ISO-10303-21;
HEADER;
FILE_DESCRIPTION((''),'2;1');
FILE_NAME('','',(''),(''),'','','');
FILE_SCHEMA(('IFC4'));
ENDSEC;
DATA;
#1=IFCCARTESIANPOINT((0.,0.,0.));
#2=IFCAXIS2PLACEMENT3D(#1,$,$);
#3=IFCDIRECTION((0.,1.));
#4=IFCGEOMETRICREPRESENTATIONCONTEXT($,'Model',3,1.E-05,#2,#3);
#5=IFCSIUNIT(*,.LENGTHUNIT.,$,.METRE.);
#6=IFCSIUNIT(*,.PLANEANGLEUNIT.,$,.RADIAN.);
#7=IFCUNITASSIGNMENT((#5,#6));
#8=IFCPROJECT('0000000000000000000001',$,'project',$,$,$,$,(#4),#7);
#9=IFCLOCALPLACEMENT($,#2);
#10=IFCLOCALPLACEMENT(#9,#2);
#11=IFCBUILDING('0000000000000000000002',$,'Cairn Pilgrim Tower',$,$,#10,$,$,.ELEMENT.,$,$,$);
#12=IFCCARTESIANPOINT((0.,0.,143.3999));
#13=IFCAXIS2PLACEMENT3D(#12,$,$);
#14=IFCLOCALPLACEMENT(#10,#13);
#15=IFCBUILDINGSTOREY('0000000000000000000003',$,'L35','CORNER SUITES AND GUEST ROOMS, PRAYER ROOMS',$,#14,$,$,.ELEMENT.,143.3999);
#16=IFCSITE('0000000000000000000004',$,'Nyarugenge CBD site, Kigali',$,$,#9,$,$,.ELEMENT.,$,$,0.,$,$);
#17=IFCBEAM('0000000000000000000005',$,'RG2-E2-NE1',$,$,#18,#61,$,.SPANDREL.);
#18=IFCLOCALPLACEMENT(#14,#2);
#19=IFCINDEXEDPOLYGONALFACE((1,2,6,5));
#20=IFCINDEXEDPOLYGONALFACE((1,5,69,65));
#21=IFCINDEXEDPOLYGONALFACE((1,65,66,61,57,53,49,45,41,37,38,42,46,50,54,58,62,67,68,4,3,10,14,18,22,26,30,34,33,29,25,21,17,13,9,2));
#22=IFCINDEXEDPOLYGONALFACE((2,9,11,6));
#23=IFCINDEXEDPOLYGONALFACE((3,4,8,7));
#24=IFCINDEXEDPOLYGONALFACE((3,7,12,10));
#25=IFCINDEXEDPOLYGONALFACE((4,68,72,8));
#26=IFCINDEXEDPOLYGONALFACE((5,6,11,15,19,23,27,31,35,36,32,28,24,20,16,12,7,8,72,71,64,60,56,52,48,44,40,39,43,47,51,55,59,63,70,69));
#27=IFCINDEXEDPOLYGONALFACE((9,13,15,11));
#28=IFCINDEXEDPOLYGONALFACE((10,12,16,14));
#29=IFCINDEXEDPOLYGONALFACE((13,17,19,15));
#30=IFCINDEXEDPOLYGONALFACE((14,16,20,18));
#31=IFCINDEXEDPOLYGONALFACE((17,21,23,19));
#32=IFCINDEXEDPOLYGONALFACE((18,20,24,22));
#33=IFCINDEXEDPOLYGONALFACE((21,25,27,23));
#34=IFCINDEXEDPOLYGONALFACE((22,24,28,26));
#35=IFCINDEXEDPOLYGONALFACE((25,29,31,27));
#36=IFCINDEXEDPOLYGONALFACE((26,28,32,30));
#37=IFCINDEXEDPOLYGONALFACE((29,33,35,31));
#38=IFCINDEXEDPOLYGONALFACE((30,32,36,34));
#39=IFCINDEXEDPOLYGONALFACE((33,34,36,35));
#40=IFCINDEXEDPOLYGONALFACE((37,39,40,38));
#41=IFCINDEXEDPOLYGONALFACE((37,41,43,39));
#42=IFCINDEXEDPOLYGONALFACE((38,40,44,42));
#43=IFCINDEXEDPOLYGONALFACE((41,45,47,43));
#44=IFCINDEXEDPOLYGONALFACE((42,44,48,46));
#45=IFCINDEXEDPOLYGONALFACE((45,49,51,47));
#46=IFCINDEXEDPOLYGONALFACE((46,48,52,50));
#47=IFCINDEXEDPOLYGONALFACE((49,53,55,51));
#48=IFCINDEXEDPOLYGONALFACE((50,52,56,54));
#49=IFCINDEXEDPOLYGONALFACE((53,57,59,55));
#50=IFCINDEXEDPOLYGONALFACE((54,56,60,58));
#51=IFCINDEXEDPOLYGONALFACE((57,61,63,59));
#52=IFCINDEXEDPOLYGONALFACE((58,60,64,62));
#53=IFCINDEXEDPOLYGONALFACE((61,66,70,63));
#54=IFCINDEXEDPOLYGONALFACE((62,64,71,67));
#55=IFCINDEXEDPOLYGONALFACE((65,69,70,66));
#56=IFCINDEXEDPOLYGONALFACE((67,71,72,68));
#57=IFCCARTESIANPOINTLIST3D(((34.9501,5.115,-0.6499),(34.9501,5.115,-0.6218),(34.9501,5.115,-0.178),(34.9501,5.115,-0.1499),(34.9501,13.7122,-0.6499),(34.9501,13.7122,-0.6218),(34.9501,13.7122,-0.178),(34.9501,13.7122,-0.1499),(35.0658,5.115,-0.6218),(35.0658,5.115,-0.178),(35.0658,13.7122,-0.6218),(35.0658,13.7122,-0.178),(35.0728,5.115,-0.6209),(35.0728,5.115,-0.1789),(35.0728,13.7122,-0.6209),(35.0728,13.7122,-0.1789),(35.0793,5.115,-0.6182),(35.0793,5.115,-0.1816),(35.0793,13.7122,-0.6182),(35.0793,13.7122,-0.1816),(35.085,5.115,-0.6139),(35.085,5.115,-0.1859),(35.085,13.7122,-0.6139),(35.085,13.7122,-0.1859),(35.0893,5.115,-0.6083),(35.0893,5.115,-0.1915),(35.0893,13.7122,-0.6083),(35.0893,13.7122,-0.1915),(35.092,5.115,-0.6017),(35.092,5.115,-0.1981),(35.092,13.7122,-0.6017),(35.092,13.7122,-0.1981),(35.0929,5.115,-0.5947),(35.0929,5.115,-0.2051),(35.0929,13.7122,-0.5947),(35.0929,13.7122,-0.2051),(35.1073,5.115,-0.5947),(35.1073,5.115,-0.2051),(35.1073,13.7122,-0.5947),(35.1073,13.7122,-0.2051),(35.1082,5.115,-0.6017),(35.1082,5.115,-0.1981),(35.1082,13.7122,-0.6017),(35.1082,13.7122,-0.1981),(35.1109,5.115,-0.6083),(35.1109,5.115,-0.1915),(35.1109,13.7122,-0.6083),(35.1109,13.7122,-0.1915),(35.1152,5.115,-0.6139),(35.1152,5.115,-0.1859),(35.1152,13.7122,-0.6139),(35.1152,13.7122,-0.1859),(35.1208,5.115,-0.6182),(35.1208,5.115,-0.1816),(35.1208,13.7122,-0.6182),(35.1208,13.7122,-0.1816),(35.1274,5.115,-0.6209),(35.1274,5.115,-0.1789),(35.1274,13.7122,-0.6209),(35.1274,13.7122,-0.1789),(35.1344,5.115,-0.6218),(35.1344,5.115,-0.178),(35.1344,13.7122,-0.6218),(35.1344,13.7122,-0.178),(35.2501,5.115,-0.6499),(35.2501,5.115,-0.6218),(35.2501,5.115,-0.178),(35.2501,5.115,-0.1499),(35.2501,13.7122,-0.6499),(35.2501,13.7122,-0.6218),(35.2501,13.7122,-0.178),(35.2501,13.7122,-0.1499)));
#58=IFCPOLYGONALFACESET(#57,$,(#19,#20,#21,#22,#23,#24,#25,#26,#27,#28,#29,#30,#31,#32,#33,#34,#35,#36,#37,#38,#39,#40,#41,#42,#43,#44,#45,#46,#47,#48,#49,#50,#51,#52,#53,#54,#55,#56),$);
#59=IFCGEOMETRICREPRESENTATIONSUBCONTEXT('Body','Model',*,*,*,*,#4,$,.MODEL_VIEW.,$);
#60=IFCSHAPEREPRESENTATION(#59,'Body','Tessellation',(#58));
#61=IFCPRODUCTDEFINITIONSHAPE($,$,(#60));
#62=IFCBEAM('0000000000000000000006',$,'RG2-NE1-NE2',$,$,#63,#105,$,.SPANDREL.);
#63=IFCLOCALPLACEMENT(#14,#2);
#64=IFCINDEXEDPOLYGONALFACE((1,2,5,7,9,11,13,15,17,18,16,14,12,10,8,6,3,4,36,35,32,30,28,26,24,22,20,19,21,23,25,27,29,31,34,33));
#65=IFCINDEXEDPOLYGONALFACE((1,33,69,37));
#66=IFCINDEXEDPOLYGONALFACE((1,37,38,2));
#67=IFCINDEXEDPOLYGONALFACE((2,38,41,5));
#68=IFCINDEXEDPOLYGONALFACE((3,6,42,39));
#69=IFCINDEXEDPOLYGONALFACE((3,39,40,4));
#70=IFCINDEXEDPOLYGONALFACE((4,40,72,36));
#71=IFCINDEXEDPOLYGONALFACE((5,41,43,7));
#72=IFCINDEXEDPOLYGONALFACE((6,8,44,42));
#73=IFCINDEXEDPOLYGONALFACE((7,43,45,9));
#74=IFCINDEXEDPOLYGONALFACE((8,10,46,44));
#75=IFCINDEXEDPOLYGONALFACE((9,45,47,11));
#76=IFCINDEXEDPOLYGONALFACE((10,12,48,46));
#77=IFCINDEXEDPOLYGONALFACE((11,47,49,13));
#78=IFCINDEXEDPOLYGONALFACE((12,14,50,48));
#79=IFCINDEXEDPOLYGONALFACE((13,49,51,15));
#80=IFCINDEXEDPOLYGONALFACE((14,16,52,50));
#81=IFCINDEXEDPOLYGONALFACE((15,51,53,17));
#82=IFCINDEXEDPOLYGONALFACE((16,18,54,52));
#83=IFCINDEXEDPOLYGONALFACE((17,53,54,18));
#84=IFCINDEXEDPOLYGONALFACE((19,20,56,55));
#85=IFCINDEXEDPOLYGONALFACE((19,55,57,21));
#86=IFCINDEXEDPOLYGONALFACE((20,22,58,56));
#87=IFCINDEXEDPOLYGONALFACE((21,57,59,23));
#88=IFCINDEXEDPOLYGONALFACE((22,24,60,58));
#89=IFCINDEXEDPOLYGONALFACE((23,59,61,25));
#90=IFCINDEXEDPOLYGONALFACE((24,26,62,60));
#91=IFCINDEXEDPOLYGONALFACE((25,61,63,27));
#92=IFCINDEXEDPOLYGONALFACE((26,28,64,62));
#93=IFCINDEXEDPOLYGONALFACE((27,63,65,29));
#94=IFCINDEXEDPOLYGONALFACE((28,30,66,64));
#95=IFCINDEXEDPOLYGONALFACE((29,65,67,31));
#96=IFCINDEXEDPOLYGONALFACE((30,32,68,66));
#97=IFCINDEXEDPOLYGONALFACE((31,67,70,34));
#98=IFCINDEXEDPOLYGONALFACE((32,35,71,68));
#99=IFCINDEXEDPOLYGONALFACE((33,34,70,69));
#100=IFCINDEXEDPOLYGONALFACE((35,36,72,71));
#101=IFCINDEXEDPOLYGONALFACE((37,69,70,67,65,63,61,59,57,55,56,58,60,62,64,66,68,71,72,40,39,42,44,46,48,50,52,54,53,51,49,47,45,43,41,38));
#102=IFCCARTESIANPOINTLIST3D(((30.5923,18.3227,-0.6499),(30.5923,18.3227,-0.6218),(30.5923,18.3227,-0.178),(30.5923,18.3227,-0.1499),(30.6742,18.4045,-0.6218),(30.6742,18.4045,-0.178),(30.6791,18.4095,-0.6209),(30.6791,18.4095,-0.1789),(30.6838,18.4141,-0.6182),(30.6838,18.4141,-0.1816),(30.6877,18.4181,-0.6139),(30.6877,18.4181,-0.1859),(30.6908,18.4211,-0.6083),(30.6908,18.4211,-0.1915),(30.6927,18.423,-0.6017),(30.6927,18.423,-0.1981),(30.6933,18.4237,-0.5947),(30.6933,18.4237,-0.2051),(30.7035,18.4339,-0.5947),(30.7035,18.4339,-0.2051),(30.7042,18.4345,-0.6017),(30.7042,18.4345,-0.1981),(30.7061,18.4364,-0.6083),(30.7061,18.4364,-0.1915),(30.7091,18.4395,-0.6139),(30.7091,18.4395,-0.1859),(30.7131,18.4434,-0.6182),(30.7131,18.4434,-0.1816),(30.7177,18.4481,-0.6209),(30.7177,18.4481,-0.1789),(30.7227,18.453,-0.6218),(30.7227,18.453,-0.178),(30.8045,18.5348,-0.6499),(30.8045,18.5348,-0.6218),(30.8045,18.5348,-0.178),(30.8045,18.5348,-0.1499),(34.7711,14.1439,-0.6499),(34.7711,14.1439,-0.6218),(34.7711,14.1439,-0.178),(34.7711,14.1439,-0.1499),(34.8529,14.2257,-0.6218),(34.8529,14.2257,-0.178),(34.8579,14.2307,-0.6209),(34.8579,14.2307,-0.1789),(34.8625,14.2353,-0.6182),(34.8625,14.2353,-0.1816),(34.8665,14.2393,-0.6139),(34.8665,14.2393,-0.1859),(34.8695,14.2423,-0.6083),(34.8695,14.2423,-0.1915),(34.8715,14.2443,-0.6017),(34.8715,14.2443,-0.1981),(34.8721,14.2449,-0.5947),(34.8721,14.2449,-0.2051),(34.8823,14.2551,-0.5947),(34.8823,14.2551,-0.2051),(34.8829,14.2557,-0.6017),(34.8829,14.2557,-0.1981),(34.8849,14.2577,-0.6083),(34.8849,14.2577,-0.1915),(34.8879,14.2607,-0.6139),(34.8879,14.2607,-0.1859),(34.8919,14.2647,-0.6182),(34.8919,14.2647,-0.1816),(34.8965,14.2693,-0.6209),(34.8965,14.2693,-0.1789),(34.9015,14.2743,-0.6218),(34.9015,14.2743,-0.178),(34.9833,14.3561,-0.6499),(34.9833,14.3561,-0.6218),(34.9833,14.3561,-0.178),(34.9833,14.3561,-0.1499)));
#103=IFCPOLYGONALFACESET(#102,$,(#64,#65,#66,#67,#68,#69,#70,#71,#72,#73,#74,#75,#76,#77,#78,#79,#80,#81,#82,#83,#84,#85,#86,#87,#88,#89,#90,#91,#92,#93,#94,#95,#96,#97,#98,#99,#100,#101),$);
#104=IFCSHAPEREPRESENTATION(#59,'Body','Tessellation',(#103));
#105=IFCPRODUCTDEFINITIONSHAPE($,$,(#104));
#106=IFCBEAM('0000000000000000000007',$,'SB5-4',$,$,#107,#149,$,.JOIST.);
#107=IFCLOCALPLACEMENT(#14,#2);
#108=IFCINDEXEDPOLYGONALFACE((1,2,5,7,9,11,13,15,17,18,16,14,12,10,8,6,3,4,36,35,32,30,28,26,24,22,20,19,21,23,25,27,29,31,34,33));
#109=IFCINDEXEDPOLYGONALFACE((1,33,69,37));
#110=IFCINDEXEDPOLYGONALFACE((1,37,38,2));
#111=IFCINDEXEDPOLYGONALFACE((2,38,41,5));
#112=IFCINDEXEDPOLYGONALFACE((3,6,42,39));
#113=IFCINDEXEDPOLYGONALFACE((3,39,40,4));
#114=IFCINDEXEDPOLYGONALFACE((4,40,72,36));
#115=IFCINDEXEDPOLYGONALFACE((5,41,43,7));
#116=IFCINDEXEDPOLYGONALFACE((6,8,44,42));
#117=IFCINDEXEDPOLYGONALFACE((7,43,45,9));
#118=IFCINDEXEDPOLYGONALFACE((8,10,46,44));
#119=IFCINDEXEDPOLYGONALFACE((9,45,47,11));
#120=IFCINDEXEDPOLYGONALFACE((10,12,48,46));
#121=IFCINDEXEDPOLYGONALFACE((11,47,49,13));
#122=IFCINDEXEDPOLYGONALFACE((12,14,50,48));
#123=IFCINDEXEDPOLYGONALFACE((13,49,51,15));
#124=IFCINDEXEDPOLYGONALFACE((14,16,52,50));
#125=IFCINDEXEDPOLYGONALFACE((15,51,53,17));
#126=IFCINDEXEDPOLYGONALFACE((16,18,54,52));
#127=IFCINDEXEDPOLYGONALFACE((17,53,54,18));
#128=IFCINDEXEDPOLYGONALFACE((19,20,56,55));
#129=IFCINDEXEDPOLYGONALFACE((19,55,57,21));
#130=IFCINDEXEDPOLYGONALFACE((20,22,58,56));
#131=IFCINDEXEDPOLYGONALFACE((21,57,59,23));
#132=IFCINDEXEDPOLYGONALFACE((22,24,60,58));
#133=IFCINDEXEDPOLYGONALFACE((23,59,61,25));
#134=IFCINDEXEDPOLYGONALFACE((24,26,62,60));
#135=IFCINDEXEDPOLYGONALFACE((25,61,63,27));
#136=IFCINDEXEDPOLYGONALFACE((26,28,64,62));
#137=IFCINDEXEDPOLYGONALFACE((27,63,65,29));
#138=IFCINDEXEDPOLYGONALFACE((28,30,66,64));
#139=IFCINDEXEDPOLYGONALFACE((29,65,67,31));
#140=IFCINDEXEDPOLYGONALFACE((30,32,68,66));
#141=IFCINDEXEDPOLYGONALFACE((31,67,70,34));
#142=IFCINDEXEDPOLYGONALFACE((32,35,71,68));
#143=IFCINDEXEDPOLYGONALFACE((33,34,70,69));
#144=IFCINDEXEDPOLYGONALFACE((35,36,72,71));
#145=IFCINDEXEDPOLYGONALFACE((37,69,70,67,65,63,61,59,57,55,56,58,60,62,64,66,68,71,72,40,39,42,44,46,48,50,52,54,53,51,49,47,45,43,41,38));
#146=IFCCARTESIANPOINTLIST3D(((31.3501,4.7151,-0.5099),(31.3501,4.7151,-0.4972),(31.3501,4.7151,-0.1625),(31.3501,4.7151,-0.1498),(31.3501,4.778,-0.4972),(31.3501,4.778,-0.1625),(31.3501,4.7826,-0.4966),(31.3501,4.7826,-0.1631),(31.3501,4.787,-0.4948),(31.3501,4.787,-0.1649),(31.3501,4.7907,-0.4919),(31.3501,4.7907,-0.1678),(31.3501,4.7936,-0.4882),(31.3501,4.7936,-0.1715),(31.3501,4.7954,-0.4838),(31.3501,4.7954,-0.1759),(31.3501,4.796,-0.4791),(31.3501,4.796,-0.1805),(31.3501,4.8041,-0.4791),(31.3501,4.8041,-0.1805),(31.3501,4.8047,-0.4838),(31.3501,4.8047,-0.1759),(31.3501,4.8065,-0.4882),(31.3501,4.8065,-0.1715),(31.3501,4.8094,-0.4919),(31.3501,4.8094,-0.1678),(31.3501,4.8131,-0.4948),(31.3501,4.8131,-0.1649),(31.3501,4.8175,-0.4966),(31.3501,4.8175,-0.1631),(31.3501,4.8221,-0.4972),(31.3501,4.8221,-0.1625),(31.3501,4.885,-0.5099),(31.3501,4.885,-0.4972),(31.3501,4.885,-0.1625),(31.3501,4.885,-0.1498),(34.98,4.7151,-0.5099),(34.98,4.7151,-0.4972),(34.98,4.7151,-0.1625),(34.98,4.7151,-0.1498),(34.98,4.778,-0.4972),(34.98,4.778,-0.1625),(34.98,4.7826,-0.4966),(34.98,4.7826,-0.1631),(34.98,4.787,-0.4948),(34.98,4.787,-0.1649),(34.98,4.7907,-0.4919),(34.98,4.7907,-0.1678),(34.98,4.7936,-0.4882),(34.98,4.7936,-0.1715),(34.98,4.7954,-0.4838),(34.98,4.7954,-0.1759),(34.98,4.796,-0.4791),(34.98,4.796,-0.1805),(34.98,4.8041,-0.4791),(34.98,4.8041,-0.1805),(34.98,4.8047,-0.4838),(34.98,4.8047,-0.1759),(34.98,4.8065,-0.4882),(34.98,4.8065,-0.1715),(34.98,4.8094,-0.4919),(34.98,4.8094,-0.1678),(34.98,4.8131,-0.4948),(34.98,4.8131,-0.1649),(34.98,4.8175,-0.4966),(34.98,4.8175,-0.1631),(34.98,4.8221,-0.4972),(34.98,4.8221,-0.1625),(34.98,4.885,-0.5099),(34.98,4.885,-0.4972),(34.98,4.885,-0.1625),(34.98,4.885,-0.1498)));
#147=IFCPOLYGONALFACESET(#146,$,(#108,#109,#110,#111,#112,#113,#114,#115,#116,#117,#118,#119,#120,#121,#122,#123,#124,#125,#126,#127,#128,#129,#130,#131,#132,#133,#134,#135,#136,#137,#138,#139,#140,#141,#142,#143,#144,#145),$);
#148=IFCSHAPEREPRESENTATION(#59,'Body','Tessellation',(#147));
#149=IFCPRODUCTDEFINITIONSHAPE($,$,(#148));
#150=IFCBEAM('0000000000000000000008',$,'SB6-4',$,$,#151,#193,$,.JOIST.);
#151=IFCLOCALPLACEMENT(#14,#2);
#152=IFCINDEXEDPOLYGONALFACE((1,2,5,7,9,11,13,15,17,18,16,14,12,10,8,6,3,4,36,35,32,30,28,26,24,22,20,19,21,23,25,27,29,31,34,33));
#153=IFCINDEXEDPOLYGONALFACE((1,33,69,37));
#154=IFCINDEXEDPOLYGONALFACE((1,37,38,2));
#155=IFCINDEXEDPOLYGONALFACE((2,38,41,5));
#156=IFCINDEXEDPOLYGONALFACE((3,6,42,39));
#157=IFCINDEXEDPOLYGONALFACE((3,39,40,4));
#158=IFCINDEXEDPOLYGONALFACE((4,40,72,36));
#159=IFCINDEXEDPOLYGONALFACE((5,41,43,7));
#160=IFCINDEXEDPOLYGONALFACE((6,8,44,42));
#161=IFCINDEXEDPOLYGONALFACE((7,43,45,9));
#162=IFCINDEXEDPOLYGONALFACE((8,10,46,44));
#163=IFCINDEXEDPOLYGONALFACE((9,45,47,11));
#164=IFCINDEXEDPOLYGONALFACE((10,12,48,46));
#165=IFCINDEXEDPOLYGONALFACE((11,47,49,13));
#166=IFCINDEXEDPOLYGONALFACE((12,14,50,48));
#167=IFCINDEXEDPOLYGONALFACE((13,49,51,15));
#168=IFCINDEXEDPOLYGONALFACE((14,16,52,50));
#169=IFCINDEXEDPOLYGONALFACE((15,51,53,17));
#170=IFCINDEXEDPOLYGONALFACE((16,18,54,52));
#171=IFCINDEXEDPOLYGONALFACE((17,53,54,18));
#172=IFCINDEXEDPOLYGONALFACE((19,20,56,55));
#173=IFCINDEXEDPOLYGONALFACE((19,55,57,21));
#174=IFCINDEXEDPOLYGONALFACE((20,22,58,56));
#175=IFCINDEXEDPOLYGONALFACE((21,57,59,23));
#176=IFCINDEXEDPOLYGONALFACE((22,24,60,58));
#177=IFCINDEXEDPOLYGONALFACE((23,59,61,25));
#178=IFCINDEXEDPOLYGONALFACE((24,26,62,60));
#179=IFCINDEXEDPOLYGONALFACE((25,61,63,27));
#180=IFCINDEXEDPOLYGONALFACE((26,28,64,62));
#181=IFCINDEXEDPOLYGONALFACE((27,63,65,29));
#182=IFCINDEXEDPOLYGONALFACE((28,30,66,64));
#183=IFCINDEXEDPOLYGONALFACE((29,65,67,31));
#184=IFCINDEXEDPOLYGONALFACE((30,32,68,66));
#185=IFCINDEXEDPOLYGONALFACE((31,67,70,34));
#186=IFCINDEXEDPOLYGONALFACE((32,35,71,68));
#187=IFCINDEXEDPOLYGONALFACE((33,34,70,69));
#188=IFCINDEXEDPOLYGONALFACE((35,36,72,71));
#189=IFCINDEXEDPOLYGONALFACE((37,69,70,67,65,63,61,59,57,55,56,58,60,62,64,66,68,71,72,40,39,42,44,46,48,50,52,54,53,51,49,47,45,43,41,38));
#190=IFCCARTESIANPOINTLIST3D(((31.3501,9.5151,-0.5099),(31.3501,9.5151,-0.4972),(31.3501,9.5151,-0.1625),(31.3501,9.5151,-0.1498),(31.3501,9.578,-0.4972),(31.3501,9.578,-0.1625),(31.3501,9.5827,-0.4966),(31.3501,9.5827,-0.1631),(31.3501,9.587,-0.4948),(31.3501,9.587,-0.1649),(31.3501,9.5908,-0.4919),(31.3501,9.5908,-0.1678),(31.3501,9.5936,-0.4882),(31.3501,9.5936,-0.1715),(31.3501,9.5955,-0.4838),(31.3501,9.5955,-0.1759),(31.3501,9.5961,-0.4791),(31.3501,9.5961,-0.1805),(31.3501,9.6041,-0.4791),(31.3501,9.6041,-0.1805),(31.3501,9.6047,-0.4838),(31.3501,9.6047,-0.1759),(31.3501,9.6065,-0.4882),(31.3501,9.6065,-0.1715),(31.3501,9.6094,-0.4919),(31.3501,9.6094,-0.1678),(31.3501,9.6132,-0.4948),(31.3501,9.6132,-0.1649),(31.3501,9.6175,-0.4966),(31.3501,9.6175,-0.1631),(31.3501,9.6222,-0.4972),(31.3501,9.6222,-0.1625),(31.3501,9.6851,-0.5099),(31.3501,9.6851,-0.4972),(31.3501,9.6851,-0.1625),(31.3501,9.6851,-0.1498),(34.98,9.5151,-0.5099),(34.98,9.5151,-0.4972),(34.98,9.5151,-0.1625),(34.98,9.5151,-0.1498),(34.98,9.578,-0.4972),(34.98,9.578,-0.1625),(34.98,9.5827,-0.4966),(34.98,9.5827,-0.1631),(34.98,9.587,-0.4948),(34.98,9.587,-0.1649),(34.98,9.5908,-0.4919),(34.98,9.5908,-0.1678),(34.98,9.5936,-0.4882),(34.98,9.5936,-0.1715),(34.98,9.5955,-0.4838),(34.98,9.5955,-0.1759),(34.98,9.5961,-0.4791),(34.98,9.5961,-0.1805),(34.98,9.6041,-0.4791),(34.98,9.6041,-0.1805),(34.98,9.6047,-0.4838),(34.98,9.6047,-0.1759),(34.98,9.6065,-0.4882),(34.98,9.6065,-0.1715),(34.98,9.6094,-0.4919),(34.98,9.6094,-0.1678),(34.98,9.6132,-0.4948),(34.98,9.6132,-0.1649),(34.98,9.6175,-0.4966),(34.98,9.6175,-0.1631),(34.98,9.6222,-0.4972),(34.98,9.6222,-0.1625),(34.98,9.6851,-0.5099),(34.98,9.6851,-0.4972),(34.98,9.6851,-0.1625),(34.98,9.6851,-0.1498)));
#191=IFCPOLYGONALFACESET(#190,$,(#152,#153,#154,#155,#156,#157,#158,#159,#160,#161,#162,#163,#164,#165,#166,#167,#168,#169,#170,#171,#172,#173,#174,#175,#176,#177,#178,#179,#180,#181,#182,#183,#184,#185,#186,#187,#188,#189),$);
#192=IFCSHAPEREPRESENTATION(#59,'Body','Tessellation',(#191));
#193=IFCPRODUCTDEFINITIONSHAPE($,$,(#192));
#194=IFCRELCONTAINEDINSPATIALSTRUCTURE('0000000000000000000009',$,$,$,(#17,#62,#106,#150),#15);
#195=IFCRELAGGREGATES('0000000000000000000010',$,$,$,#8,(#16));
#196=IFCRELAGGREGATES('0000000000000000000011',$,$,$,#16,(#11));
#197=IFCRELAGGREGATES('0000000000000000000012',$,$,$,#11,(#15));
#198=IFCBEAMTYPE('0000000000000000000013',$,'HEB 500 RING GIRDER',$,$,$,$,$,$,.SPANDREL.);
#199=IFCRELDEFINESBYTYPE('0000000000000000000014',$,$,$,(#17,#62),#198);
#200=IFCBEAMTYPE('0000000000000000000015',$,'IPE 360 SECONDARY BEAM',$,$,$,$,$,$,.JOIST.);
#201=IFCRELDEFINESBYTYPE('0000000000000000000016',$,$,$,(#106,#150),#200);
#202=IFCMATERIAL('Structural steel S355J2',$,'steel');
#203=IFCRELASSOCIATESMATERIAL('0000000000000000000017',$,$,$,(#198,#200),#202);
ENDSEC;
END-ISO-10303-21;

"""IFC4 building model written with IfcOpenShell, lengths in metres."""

from ifc_helpers import new_model, si_unit, direction, frame, origin, origin_2d, place, context, subcontext, project, spatial, i_section, extrude, material, material_profile, profile_set, type_object, element, save


model = new_model("IFC4")

# Units and contexts
model_context = context("Model", 3, precision=1e-05, world=origin(), true_north=direction((0.0, 1.0)))
body_context = subcontext(model_context, "Body", "Model", "MODEL_VIEW")
ifc_project = project(units=[si_unit("LENGTHUNIT", "METRE"), si_unit("PLANEANGLEUNIT", "RADIAN")], contexts=[model_context])

# Site, building, storey
site_placement = place(None, origin())
site = spatial("IfcSite", under=ifc_project, at=site_placement, Name="Nyarugenge CBD site, Kigali", CompositionType="ELEMENT", RefElevation=0.0)
building_placement = place(site_placement, origin())
building = spatial("IfcBuilding", under=site, at=building_placement, Name="Cairn Pilgrim Tower", CompositionType="ELEMENT")
storey_placement = place(building_placement, frame((0.0, 0.0, 143.3999)))
storey = spatial("IfcBuildingStorey", under=building, at=storey_placement, Name="L35", Description="CORNER SUITES AND GUEST ROOMS, PRAYER ROOMS", CompositionType="ELEMENT", Elevation=143.3999)

# Beams
ifc_material_1 = material(Name="Structural steel S355J2", Category="steel")
ifc_material_profile_1 = material_profile(ifc_material_1, i_section(OverallWidth=0.3, OverallDepth=0.5, WebThickness=0.0144, FlangeThickness=0.0281, FilletRadius=0.0271, at=origin_2d()), Name="HEB 500")
ifc_profile_set_1 = profile_set([ifc_material_profile_1], Name="Structural steel S355J2")
beam_type_1 = type_object("IfcBeamType", Name="HEB 500 RING GIRDER", PredefinedType="SPANDREL", material=ifc_profile_set_1)
beam_1_placement = place(storey_placement, frame((35.1001, 5.115, -0.3999), z_axis=(0.0, 1.0, 0.0), x_axis=(-1.0, 0.0, 0.0)))
element("IfcBeam", 1, at=beam_1_placement, inside=storey, type_object=beam_type_1, Name="RG2-E2-NE1", PredefinedType="SPANDREL", context=body_context, shape_type="SweptSolid", body=[
    extrude(i_section(OverallWidth=0.3, OverallDepth=0.5, WebThickness=0.0144, FlangeThickness=0.0281, FilletRadius=0.0271, at=origin_2d()), origin(), (0.0, 0.0, 1.0), 8.5972),
])
beam_2_placement = place(storey_placement, frame((34.8772, 14.25, -0.3999), z_axis=(-0.707107, 0.707107, 0.0), x_axis=(-0.707107, -0.707107, 0.0)))
element("IfcBeam", 2, at=beam_2_placement, inside=storey, type_object=beam_type_1, Name="RG2-NE1-NE2", PredefinedType="SPANDREL", context=body_context, shape_type="SweptSolid", body=[
    extrude(i_section(OverallWidth=0.3, OverallDepth=0.5, WebThickness=0.0144, FlangeThickness=0.0281, FilletRadius=0.0271, at=origin_2d()), origin(), (0.0, 0.0, 1.0), 5.9097),
])
ifc_material_profile_2 = material_profile(ifc_material_1, i_section(OverallWidth=0.1699, OverallDepth=0.3601, WebThickness=0.0081, FlangeThickness=0.0127, FilletRadius=0.0181, at=origin_2d()), Name="IPE 360")
ifc_profile_set_2 = profile_set([ifc_material_profile_2], Name="Structural steel S355J2")
beam_type_2 = type_object("IfcBeamType", Name="IPE 360 SECONDARY BEAM", PredefinedType="JOIST", material=ifc_profile_set_2)
for number, where, z_axis, x_axis, name in (
    (3, (31.3501, 4.8, -0.3298), (1.0, 0.0, 0.0), (0.0, 1.0, 0.0), "SB5-4"),
    (4, (31.3501, 9.6001, -0.3298), (1.0, 0.0, 0.0), (0.0, 1.0, 0.0), "SB6-4"),
):
    element("IfcBeam", number, at=place(storey_placement, frame(where, z_axis=z_axis, x_axis=x_axis)), inside=storey, type_object=beam_type_2, Name=name, PredefinedType="JOIST", context=body_context, shape_type="SweptSolid", body=[
        extrude(i_section(OverallWidth=0.1699, OverallDepth=0.3601, WebThickness=0.0081, FlangeThickness=0.0127, FilletRadius=0.0181, at=origin_2d()), origin(), (0.0, 0.0, 1.0), 3.6299),
    ])

save(model, "model.ifc")
